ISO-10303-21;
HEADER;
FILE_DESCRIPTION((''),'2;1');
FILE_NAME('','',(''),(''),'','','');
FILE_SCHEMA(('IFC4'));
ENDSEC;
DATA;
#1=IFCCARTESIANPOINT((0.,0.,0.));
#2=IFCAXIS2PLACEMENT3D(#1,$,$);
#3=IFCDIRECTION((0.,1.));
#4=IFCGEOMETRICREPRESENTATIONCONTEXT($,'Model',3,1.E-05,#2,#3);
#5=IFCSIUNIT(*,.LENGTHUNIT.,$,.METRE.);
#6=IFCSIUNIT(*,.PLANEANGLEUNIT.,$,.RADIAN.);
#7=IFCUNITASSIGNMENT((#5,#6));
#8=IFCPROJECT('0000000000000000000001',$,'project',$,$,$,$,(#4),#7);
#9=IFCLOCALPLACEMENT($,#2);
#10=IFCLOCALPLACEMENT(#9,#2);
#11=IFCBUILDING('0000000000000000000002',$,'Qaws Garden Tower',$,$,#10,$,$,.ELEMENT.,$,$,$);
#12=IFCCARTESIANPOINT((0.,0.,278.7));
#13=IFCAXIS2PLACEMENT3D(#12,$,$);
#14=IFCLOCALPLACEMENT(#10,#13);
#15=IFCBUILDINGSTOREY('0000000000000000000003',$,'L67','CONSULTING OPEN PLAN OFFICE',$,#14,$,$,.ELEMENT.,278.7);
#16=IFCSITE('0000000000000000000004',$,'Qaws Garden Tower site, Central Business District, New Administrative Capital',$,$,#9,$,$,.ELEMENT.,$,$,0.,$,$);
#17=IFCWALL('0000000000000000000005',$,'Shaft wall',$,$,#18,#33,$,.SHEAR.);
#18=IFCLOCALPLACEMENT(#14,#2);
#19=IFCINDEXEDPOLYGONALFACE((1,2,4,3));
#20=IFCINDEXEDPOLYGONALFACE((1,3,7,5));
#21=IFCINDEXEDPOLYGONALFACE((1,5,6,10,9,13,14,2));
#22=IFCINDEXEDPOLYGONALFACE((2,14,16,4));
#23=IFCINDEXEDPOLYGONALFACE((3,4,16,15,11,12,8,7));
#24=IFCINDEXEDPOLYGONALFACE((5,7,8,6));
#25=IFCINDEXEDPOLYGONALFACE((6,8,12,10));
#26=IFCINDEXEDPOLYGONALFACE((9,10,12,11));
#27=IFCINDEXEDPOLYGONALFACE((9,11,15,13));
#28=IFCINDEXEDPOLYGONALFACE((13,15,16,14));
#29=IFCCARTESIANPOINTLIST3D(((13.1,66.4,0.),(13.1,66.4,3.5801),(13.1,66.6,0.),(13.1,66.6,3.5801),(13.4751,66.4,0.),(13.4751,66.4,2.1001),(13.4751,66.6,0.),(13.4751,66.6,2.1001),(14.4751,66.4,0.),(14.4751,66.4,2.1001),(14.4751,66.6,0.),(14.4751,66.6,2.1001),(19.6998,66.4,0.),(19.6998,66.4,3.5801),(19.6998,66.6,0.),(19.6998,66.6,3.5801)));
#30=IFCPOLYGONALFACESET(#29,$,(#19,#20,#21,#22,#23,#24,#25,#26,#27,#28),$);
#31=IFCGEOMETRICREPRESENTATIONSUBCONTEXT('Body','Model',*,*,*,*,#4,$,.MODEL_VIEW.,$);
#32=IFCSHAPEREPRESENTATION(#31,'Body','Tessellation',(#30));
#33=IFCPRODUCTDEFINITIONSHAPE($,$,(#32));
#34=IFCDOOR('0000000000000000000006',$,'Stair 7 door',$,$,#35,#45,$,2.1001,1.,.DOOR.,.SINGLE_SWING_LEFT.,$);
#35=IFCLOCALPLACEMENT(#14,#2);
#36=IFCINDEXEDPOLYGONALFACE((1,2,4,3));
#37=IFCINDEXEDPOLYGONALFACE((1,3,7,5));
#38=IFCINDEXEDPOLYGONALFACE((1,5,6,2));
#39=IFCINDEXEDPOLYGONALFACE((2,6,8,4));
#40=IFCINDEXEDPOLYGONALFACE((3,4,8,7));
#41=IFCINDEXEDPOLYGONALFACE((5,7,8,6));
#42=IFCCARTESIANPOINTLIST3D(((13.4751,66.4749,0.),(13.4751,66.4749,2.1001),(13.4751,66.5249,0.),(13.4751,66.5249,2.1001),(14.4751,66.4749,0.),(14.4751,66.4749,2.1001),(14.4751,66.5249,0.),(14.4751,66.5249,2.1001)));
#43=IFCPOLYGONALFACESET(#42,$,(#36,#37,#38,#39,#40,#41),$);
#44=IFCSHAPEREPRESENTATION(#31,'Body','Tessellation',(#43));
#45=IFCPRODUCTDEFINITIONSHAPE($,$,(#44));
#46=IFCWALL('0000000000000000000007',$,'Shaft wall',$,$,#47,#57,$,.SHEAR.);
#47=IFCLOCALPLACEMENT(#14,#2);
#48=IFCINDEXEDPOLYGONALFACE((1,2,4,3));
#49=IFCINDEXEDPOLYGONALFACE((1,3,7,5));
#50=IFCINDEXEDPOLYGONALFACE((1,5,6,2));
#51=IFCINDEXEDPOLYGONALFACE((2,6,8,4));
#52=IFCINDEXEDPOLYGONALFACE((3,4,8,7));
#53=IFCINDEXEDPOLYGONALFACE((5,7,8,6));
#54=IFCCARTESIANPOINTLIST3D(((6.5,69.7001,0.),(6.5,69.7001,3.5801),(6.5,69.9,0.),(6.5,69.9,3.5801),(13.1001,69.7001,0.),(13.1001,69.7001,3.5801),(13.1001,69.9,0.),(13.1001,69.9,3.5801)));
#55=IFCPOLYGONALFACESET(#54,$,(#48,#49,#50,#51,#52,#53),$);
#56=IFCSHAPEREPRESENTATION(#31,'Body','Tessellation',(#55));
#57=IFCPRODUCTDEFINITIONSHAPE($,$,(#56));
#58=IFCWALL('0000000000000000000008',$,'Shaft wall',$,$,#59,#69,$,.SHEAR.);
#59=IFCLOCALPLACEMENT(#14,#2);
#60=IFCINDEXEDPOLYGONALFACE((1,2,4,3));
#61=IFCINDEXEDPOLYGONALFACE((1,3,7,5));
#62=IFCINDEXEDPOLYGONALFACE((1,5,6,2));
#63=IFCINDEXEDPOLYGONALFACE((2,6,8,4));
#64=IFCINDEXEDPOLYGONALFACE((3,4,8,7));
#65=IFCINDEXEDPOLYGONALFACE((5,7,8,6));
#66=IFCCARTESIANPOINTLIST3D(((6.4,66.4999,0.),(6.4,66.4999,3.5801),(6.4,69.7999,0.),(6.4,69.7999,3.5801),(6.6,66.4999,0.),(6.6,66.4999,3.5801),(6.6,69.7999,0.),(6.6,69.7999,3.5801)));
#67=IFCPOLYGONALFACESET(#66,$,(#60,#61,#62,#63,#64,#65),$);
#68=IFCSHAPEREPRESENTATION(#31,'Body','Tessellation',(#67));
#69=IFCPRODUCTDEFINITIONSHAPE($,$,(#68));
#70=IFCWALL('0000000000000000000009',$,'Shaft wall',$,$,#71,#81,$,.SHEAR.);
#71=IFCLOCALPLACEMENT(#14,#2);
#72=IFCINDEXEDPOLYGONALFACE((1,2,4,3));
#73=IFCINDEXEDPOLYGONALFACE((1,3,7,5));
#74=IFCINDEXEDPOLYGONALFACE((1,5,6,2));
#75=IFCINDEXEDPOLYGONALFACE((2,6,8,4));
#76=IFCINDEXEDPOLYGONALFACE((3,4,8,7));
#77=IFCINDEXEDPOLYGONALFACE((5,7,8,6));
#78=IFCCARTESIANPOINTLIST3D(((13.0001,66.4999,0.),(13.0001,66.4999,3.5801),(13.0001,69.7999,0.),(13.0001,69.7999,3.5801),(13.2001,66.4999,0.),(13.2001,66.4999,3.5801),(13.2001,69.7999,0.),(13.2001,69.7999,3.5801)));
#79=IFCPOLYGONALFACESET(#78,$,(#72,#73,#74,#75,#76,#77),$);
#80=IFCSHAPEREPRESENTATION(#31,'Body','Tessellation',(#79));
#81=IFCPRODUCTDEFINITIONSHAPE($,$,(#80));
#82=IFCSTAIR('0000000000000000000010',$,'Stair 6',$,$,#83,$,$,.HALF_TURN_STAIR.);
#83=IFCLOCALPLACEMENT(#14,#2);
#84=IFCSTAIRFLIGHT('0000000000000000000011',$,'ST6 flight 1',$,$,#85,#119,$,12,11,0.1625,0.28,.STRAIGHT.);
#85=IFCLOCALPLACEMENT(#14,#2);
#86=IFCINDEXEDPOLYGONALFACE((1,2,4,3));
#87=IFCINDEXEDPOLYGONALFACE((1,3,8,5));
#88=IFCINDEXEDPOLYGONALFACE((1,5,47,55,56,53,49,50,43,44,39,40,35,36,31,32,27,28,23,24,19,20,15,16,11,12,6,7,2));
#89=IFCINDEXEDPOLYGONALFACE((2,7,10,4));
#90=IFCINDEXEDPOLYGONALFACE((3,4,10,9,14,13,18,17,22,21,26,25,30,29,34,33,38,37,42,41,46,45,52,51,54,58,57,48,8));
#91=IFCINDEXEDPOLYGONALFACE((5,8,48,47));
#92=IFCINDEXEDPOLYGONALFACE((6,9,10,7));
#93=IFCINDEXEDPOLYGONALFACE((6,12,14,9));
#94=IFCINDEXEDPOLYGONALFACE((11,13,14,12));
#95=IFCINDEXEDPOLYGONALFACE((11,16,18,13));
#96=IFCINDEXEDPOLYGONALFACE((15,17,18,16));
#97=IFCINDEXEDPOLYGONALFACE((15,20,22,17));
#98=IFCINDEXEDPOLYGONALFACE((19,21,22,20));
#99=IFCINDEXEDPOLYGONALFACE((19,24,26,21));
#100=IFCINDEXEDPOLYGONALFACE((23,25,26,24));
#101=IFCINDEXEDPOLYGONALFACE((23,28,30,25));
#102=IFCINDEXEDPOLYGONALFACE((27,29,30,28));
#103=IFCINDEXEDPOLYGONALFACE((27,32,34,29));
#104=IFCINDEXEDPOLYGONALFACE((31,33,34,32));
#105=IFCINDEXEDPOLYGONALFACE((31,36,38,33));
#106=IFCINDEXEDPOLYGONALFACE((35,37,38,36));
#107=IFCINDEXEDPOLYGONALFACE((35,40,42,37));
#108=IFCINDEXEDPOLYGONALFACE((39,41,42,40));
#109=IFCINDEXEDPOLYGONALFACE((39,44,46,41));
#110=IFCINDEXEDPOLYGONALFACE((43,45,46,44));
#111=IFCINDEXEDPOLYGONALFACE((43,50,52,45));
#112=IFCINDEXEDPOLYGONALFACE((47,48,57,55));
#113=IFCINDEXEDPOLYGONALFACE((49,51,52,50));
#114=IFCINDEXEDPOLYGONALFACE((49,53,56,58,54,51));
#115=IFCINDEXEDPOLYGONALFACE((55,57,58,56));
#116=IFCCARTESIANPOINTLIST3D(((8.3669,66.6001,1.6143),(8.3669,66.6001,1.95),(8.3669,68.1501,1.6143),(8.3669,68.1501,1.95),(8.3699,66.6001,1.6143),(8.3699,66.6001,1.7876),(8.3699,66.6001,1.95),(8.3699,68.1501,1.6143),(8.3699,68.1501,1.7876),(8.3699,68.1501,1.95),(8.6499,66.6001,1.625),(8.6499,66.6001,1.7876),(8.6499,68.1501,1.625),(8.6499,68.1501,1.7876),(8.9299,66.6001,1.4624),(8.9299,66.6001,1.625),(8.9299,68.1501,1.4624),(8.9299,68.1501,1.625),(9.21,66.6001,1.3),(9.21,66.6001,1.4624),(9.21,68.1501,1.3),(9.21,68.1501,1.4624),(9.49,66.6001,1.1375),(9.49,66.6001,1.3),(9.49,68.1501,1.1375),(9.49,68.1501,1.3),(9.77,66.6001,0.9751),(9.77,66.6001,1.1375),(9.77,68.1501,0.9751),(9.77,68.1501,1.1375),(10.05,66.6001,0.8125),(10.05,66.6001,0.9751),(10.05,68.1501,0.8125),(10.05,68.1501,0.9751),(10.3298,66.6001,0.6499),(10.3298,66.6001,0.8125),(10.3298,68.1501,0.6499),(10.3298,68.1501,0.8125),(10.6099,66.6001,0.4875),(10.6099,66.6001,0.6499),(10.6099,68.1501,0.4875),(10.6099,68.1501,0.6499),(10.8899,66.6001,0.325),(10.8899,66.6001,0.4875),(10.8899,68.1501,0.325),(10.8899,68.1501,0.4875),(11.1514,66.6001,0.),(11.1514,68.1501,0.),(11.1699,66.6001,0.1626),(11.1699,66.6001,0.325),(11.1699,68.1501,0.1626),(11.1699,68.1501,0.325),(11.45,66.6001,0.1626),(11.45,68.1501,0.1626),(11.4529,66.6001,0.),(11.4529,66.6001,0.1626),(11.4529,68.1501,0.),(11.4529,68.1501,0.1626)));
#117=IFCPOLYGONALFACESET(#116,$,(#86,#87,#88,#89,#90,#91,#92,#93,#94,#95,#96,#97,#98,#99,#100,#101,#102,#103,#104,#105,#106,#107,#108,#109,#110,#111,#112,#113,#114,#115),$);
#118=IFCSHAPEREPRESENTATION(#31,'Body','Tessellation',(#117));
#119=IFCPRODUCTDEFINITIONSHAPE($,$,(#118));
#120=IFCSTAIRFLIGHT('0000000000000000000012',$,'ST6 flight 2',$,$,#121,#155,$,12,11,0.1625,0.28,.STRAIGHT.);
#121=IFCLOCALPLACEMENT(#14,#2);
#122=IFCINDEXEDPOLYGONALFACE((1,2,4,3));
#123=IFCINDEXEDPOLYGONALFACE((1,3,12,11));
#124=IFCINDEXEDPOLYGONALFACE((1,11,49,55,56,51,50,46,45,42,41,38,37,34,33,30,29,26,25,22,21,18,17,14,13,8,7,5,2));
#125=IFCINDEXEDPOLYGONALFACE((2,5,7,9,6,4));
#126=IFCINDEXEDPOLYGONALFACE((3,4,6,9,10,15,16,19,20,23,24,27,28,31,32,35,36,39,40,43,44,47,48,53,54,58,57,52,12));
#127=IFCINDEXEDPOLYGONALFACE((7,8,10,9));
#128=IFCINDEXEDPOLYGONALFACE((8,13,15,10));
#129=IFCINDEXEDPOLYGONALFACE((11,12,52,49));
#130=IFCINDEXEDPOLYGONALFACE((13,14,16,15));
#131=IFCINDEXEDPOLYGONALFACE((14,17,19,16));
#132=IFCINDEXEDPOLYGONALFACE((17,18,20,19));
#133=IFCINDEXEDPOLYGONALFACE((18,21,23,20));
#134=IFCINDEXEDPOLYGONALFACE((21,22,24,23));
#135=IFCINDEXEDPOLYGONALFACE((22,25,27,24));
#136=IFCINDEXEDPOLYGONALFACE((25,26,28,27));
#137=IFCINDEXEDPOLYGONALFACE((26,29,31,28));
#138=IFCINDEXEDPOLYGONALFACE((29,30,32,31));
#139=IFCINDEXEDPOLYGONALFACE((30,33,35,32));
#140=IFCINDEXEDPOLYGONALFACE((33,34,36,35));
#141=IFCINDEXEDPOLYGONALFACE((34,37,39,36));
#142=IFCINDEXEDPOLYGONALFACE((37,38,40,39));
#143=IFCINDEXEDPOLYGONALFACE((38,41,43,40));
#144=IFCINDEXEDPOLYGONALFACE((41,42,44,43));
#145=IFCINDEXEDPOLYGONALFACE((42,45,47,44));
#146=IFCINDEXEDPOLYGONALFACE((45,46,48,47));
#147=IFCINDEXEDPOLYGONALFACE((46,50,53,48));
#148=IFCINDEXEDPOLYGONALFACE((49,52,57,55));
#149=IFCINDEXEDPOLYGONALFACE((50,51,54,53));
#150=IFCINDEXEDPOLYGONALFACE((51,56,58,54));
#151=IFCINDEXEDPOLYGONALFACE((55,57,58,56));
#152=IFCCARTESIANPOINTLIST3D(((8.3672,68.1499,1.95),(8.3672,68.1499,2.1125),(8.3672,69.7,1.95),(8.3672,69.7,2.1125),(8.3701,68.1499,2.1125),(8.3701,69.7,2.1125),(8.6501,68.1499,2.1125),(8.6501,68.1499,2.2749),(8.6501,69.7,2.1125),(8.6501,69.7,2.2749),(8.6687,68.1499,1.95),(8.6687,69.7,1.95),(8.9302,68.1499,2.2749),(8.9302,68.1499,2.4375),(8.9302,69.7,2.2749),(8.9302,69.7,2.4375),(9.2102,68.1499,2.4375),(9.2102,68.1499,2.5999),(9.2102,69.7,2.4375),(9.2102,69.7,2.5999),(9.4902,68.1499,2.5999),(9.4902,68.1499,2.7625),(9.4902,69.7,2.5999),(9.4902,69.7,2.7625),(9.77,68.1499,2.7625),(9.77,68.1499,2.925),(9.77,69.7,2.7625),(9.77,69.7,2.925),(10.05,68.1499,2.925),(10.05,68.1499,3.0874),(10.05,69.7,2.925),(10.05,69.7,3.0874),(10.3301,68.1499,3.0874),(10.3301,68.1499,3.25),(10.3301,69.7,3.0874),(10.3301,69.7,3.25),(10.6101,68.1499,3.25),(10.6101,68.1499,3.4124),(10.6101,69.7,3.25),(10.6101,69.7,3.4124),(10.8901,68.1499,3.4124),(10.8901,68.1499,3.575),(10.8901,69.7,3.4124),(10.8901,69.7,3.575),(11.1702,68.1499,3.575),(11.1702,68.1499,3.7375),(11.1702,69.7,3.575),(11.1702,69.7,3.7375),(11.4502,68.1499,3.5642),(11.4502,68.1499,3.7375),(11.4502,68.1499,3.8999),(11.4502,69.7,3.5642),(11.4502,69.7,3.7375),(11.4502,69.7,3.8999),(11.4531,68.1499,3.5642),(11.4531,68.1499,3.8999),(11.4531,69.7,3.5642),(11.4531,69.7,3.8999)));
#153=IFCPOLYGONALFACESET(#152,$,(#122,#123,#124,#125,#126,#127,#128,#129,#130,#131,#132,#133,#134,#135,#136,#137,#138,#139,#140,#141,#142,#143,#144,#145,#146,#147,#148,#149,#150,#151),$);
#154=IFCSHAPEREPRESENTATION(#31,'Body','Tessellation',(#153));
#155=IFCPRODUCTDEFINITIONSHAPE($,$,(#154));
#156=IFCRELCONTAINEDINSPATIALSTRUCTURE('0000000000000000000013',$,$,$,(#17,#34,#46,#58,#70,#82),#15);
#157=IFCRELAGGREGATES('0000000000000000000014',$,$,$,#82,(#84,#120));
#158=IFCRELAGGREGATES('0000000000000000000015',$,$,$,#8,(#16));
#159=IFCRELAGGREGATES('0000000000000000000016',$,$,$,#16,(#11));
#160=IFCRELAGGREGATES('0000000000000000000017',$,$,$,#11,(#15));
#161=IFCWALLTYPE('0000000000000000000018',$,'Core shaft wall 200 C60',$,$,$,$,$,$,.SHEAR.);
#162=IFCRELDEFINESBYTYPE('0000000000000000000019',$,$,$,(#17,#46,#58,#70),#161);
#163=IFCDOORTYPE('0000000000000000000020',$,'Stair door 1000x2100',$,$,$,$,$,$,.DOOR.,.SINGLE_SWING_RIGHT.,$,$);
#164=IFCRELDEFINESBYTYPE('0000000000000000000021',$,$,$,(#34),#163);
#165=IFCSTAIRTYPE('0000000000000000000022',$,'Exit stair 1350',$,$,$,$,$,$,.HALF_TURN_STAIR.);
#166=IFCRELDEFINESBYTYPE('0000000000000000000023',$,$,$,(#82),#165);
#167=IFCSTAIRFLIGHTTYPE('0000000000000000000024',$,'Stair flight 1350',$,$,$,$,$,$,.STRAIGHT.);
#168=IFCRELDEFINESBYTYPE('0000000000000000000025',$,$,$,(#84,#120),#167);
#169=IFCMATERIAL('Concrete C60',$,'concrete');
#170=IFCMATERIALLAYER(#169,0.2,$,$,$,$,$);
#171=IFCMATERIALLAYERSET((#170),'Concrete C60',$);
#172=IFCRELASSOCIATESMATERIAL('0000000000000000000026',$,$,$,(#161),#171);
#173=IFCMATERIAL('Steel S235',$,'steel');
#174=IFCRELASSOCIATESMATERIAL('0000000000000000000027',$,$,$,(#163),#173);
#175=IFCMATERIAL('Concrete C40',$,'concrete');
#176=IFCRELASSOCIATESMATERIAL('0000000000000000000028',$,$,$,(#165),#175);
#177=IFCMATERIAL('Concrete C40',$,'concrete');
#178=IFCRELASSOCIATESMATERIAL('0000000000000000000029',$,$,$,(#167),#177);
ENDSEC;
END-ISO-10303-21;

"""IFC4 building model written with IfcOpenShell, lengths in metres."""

from ifc_helpers import new_model, si_unit, direction, frame, frame_2d, origin, place, context, subcontext, project, spatial, polyline, rectangle, outline, extrude, material, layer, layer_set, type_object, element, fill, aggregate, save


model = new_model("IFC4")

# Units and contexts
model_context = context("Model", 3, precision=1e-05, world=origin(), true_north=direction((0.0, 1.0)))
body_context = subcontext(model_context, "Body", "Model", "MODEL_VIEW")
ifc_project = project(units=[si_unit("LENGTHUNIT", "METRE"), si_unit("PLANEANGLEUNIT", "RADIAN")], contexts=[model_context])

# Site, building, storey
site_placement = place(None, origin())
site = spatial("IfcSite", under=ifc_project, at=site_placement, Name="Qaws Garden Tower site, Central Business District, New Administrative Capital", CompositionType="ELEMENT", RefElevation=0.0)
building_placement = place(site_placement, origin())
building = spatial("IfcBuilding", under=site, at=building_placement, Name="Qaws Garden Tower", CompositionType="ELEMENT")
storey_placement = place(building_placement, frame((0.0, 0.0, 278.7)))
storey = spatial("IfcBuildingStorey", under=building, at=storey_placement, Name="L67", Description="CONSULTING OPEN PLAN OFFICE", CompositionType="ELEMENT", Elevation=278.7)

# Wall, opening, door
ifc_material_1 = material(Name="Concrete C60", Category="concrete")
ifc_layer_1 = layer(ifc_material_1, 0.2)
ifc_layer_set_1 = layer_set([ifc_layer_1], Name="Concrete C60")
wall_type_1 = type_object("IfcWallType", Name="Core shaft wall 200 C60", PredefinedType="SHEAR", material=ifc_layer_set_1)
ifc_material_2 = material(Name="Steel S235", Category="steel")
door_type = type_object("IfcDoorType", Name="Stair door 1000x2100", OperationType="SINGLE_SWING_RIGHT", PredefinedType="DOOR", material=ifc_material_2)
wall_1_placement = place(storey_placement, frame((13.1001, 66.5, 0.0), z_axis=(0.0, 0.0, 1.0), x_axis=(1.0, 0.0, 0.0)))
wall_1 = element("IfcWall", 1, at=wall_1_placement, inside=storey, type_object=wall_type_1, Name="Shaft wall", PredefinedType="SHEAR", context=body_context, shape_type="SweptSolid", body=[
    extrude(rectangle(XDim=6.5999, YDim=0.2, at=frame_2d((3.2998, 0.0))), origin(), (0.0, 0.0, 1.0), 3.5801),
])
opening_1_placement = place(wall_1_placement, frame((0.375, 0.0, 0.0)))
opening_1 = element("IfcOpeningElement", 2, at=opening_1_placement, cuts=wall_1, PredefinedType="OPENING", context=body_context, shape_type="SweptSolid", body=[
    extrude(rectangle(XDim=1.0, YDim=2.1001, at=frame_2d((0.5, 1.05))), frame((0.0, 0.1099, 0.0), z_axis=(0.0, -1.0, 0.0), x_axis=(1.0, 0.0, 0.0)), (0.0, 0.0, 1.0), 0.22),
])
door_1_placement = place(opening_1_placement, origin())
door_1 = element("IfcDoor", 3, at=door_1_placement, inside=storey, type_object=door_type, Name="Stair 7 door", OperationType="SINGLE_SWING_LEFT", OverallHeight=2.1001, OverallWidth=1.0, PredefinedType="DOOR", context=body_context, shape_type="SweptSolid", body=[
    extrude(rectangle(XDim=1.0, YDim=2.1001, at=frame_2d((0.5, 1.05))), frame((0.0, 0.0249, 0.0), z_axis=(0.0, -1.0, 0.0), x_axis=(1.0, 0.0, 0.0)), (0.0, 0.0, 1.0), 0.05),
])
fill(opening_1, door_1)

# Walls
wall_2_placement = place(storey_placement, frame((6.5, 69.8, 0.0), z_axis=(0.0, 0.0, 1.0), x_axis=(1.0, 0.0, 0.0)))
element("IfcWall", 4, at=wall_2_placement, inside=storey, type_object=wall_type_1, Name="Shaft wall", PredefinedType="SHEAR", context=body_context, shape_type="SweptSolid", body=[
    extrude(rectangle(XDim=6.6001, YDim=0.2, at=frame_2d((3.3, 0.0))), origin(), (0.0, 0.0, 1.0), 3.5801),
])
for number, where, z_axis, x_axis, name in (
    (5, (6.5, 66.5, 0.0), (0.0, 0.0, 1.0), (0.0, 1.0, 0.0), "Shaft wall"),
    (6, (13.1001, 66.5, 0.0), (0.0, 0.0, 1.0), (0.0, 1.0, 0.0), "Shaft wall"),
):
    element("IfcWall", number, at=place(storey_placement, frame(where, z_axis=z_axis, x_axis=x_axis)), inside=storey, type_object=wall_type_1, Name=name, PredefinedType="SHEAR", context=body_context, shape_type="SweptSolid", body=[
        extrude(rectangle(XDim=3.3, YDim=0.2, at=frame_2d((1.6499, 0.0))), origin(), (0.0, 0.0, 1.0), 3.5801),
    ])

# Stair, stair flights
ifc_material_3 = material(Name="Concrete C40", Category="concrete")
stair_type = type_object("IfcStairType", Name="Exit stair 1350", PredefinedType="HALF_TURN_STAIR", material=ifc_material_3)
stair_placement = place(storey_placement, origin())
stair = element("IfcStair", 7, at=stair_placement, inside=storey, type_object=stair_type, Name="Stair 6", PredefinedType="HALF_TURN_STAIR")
ifc_material_4 = material(Name="Concrete C40", Category="concrete")
stair_flight_type = type_object("IfcStairFlightType", Name="Stair flight 1350", PredefinedType="STRAIGHT", material=ifc_material_4)
stair_flight_1_placement = place(storey_placement, frame((11.45, 67.375, 0.0), z_axis=(0.0, 0.0, 1.0), x_axis=(-1.0, 0.0, 0.0)))
stair_flight_1 = element("IfcStairFlight", 8, at=stair_flight_1_placement, type_object=stair_flight_type, Name="ST6 flight 1", NumberOfRisers=12, NumberOfTreads=11, PredefinedType="STRAIGHT", RiserHeight=0.1625, TreadLength=0.28, context=body_context, shape_type="SweptSolid", body=[
    extrude(outline(polyline([(-0.0029, 0.0), (-0.0029, 0.1626), (0.0, 0.1626), (0.28, 0.1626), (0.28, 0.325), (0.5601, 0.325), (0.5601, 0.4875), (0.8401, 0.4875), (0.8401, 0.6499), (1.1201, 0.6499), (1.1201, 0.8125), (1.3999, 0.8125), (1.3999, 0.9751), (1.6799, 0.9751), (1.6799, 1.1375), (1.96, 1.1375), (1.96, 1.3), (2.24, 1.3), (2.24, 1.4624), (2.52, 1.4624), (2.52, 1.625), (2.8, 1.625), (2.8, 1.7876), (3.0801, 1.7876), (3.0801, 1.95), (3.083, 1.95), (3.083, 1.6143), (3.0801, 1.6143), (0.2986, 0.0), (-0.0029, 0.0)])), frame((0.0, 0.7749, 0.0), z_axis=(0.0, -1.0, 0.0), x_axis=(1.0, 0.0, 0.0)), (0.0, 0.0, 1.0), 1.55),
])
stair_flight_2_placement = place(storey_placement, frame((8.3701, 68.925, 1.95), z_axis=(0.0, 0.0, 1.0), x_axis=(1.0, 0.0, 0.0)))
stair_flight_2 = element("IfcStairFlight", 9, at=stair_flight_2_placement, type_object=stair_flight_type, Name="ST6 flight 2", NumberOfRisers=12, NumberOfTreads=11, PredefinedType="STRAIGHT", RiserHeight=0.1625, TreadLength=0.28, context=body_context, shape_type="SweptSolid", body=[
    extrude(outline(polyline([(-0.0029, 0.0), (-0.0029, 0.1626), (0.0, 0.1626), (0.28, 0.1626), (0.28, 0.325), (0.5601, 0.325), (0.5601, 0.4875), (0.8401, 0.4875), (0.8401, 0.6499), (1.1201, 0.6499), (1.1201, 0.8125), (1.3999, 0.8125), (1.3999, 0.9751), (1.6799, 0.9751), (1.6799, 1.1375), (1.96, 1.1375), (1.96, 1.3), (2.24, 1.3), (2.24, 1.4624), (2.52, 1.4624), (2.52, 1.625), (2.8, 1.625), (2.8, 1.7876), (3.0801, 1.7876), (3.0801, 1.95), (3.083, 1.95), (3.083, 1.6143), (3.0801, 1.6143), (0.2986, 0.0), (-0.0029, 0.0)])), frame((0.0, 0.7749, 0.0), z_axis=(0.0, -1.0, 0.0), x_axis=(1.0, 0.0, 0.0)), (0.0, 0.0, 1.0), 1.55),
])
aggregate(stair, [stair_flight_1, stair_flight_2])

save(model, "model.ifc")
